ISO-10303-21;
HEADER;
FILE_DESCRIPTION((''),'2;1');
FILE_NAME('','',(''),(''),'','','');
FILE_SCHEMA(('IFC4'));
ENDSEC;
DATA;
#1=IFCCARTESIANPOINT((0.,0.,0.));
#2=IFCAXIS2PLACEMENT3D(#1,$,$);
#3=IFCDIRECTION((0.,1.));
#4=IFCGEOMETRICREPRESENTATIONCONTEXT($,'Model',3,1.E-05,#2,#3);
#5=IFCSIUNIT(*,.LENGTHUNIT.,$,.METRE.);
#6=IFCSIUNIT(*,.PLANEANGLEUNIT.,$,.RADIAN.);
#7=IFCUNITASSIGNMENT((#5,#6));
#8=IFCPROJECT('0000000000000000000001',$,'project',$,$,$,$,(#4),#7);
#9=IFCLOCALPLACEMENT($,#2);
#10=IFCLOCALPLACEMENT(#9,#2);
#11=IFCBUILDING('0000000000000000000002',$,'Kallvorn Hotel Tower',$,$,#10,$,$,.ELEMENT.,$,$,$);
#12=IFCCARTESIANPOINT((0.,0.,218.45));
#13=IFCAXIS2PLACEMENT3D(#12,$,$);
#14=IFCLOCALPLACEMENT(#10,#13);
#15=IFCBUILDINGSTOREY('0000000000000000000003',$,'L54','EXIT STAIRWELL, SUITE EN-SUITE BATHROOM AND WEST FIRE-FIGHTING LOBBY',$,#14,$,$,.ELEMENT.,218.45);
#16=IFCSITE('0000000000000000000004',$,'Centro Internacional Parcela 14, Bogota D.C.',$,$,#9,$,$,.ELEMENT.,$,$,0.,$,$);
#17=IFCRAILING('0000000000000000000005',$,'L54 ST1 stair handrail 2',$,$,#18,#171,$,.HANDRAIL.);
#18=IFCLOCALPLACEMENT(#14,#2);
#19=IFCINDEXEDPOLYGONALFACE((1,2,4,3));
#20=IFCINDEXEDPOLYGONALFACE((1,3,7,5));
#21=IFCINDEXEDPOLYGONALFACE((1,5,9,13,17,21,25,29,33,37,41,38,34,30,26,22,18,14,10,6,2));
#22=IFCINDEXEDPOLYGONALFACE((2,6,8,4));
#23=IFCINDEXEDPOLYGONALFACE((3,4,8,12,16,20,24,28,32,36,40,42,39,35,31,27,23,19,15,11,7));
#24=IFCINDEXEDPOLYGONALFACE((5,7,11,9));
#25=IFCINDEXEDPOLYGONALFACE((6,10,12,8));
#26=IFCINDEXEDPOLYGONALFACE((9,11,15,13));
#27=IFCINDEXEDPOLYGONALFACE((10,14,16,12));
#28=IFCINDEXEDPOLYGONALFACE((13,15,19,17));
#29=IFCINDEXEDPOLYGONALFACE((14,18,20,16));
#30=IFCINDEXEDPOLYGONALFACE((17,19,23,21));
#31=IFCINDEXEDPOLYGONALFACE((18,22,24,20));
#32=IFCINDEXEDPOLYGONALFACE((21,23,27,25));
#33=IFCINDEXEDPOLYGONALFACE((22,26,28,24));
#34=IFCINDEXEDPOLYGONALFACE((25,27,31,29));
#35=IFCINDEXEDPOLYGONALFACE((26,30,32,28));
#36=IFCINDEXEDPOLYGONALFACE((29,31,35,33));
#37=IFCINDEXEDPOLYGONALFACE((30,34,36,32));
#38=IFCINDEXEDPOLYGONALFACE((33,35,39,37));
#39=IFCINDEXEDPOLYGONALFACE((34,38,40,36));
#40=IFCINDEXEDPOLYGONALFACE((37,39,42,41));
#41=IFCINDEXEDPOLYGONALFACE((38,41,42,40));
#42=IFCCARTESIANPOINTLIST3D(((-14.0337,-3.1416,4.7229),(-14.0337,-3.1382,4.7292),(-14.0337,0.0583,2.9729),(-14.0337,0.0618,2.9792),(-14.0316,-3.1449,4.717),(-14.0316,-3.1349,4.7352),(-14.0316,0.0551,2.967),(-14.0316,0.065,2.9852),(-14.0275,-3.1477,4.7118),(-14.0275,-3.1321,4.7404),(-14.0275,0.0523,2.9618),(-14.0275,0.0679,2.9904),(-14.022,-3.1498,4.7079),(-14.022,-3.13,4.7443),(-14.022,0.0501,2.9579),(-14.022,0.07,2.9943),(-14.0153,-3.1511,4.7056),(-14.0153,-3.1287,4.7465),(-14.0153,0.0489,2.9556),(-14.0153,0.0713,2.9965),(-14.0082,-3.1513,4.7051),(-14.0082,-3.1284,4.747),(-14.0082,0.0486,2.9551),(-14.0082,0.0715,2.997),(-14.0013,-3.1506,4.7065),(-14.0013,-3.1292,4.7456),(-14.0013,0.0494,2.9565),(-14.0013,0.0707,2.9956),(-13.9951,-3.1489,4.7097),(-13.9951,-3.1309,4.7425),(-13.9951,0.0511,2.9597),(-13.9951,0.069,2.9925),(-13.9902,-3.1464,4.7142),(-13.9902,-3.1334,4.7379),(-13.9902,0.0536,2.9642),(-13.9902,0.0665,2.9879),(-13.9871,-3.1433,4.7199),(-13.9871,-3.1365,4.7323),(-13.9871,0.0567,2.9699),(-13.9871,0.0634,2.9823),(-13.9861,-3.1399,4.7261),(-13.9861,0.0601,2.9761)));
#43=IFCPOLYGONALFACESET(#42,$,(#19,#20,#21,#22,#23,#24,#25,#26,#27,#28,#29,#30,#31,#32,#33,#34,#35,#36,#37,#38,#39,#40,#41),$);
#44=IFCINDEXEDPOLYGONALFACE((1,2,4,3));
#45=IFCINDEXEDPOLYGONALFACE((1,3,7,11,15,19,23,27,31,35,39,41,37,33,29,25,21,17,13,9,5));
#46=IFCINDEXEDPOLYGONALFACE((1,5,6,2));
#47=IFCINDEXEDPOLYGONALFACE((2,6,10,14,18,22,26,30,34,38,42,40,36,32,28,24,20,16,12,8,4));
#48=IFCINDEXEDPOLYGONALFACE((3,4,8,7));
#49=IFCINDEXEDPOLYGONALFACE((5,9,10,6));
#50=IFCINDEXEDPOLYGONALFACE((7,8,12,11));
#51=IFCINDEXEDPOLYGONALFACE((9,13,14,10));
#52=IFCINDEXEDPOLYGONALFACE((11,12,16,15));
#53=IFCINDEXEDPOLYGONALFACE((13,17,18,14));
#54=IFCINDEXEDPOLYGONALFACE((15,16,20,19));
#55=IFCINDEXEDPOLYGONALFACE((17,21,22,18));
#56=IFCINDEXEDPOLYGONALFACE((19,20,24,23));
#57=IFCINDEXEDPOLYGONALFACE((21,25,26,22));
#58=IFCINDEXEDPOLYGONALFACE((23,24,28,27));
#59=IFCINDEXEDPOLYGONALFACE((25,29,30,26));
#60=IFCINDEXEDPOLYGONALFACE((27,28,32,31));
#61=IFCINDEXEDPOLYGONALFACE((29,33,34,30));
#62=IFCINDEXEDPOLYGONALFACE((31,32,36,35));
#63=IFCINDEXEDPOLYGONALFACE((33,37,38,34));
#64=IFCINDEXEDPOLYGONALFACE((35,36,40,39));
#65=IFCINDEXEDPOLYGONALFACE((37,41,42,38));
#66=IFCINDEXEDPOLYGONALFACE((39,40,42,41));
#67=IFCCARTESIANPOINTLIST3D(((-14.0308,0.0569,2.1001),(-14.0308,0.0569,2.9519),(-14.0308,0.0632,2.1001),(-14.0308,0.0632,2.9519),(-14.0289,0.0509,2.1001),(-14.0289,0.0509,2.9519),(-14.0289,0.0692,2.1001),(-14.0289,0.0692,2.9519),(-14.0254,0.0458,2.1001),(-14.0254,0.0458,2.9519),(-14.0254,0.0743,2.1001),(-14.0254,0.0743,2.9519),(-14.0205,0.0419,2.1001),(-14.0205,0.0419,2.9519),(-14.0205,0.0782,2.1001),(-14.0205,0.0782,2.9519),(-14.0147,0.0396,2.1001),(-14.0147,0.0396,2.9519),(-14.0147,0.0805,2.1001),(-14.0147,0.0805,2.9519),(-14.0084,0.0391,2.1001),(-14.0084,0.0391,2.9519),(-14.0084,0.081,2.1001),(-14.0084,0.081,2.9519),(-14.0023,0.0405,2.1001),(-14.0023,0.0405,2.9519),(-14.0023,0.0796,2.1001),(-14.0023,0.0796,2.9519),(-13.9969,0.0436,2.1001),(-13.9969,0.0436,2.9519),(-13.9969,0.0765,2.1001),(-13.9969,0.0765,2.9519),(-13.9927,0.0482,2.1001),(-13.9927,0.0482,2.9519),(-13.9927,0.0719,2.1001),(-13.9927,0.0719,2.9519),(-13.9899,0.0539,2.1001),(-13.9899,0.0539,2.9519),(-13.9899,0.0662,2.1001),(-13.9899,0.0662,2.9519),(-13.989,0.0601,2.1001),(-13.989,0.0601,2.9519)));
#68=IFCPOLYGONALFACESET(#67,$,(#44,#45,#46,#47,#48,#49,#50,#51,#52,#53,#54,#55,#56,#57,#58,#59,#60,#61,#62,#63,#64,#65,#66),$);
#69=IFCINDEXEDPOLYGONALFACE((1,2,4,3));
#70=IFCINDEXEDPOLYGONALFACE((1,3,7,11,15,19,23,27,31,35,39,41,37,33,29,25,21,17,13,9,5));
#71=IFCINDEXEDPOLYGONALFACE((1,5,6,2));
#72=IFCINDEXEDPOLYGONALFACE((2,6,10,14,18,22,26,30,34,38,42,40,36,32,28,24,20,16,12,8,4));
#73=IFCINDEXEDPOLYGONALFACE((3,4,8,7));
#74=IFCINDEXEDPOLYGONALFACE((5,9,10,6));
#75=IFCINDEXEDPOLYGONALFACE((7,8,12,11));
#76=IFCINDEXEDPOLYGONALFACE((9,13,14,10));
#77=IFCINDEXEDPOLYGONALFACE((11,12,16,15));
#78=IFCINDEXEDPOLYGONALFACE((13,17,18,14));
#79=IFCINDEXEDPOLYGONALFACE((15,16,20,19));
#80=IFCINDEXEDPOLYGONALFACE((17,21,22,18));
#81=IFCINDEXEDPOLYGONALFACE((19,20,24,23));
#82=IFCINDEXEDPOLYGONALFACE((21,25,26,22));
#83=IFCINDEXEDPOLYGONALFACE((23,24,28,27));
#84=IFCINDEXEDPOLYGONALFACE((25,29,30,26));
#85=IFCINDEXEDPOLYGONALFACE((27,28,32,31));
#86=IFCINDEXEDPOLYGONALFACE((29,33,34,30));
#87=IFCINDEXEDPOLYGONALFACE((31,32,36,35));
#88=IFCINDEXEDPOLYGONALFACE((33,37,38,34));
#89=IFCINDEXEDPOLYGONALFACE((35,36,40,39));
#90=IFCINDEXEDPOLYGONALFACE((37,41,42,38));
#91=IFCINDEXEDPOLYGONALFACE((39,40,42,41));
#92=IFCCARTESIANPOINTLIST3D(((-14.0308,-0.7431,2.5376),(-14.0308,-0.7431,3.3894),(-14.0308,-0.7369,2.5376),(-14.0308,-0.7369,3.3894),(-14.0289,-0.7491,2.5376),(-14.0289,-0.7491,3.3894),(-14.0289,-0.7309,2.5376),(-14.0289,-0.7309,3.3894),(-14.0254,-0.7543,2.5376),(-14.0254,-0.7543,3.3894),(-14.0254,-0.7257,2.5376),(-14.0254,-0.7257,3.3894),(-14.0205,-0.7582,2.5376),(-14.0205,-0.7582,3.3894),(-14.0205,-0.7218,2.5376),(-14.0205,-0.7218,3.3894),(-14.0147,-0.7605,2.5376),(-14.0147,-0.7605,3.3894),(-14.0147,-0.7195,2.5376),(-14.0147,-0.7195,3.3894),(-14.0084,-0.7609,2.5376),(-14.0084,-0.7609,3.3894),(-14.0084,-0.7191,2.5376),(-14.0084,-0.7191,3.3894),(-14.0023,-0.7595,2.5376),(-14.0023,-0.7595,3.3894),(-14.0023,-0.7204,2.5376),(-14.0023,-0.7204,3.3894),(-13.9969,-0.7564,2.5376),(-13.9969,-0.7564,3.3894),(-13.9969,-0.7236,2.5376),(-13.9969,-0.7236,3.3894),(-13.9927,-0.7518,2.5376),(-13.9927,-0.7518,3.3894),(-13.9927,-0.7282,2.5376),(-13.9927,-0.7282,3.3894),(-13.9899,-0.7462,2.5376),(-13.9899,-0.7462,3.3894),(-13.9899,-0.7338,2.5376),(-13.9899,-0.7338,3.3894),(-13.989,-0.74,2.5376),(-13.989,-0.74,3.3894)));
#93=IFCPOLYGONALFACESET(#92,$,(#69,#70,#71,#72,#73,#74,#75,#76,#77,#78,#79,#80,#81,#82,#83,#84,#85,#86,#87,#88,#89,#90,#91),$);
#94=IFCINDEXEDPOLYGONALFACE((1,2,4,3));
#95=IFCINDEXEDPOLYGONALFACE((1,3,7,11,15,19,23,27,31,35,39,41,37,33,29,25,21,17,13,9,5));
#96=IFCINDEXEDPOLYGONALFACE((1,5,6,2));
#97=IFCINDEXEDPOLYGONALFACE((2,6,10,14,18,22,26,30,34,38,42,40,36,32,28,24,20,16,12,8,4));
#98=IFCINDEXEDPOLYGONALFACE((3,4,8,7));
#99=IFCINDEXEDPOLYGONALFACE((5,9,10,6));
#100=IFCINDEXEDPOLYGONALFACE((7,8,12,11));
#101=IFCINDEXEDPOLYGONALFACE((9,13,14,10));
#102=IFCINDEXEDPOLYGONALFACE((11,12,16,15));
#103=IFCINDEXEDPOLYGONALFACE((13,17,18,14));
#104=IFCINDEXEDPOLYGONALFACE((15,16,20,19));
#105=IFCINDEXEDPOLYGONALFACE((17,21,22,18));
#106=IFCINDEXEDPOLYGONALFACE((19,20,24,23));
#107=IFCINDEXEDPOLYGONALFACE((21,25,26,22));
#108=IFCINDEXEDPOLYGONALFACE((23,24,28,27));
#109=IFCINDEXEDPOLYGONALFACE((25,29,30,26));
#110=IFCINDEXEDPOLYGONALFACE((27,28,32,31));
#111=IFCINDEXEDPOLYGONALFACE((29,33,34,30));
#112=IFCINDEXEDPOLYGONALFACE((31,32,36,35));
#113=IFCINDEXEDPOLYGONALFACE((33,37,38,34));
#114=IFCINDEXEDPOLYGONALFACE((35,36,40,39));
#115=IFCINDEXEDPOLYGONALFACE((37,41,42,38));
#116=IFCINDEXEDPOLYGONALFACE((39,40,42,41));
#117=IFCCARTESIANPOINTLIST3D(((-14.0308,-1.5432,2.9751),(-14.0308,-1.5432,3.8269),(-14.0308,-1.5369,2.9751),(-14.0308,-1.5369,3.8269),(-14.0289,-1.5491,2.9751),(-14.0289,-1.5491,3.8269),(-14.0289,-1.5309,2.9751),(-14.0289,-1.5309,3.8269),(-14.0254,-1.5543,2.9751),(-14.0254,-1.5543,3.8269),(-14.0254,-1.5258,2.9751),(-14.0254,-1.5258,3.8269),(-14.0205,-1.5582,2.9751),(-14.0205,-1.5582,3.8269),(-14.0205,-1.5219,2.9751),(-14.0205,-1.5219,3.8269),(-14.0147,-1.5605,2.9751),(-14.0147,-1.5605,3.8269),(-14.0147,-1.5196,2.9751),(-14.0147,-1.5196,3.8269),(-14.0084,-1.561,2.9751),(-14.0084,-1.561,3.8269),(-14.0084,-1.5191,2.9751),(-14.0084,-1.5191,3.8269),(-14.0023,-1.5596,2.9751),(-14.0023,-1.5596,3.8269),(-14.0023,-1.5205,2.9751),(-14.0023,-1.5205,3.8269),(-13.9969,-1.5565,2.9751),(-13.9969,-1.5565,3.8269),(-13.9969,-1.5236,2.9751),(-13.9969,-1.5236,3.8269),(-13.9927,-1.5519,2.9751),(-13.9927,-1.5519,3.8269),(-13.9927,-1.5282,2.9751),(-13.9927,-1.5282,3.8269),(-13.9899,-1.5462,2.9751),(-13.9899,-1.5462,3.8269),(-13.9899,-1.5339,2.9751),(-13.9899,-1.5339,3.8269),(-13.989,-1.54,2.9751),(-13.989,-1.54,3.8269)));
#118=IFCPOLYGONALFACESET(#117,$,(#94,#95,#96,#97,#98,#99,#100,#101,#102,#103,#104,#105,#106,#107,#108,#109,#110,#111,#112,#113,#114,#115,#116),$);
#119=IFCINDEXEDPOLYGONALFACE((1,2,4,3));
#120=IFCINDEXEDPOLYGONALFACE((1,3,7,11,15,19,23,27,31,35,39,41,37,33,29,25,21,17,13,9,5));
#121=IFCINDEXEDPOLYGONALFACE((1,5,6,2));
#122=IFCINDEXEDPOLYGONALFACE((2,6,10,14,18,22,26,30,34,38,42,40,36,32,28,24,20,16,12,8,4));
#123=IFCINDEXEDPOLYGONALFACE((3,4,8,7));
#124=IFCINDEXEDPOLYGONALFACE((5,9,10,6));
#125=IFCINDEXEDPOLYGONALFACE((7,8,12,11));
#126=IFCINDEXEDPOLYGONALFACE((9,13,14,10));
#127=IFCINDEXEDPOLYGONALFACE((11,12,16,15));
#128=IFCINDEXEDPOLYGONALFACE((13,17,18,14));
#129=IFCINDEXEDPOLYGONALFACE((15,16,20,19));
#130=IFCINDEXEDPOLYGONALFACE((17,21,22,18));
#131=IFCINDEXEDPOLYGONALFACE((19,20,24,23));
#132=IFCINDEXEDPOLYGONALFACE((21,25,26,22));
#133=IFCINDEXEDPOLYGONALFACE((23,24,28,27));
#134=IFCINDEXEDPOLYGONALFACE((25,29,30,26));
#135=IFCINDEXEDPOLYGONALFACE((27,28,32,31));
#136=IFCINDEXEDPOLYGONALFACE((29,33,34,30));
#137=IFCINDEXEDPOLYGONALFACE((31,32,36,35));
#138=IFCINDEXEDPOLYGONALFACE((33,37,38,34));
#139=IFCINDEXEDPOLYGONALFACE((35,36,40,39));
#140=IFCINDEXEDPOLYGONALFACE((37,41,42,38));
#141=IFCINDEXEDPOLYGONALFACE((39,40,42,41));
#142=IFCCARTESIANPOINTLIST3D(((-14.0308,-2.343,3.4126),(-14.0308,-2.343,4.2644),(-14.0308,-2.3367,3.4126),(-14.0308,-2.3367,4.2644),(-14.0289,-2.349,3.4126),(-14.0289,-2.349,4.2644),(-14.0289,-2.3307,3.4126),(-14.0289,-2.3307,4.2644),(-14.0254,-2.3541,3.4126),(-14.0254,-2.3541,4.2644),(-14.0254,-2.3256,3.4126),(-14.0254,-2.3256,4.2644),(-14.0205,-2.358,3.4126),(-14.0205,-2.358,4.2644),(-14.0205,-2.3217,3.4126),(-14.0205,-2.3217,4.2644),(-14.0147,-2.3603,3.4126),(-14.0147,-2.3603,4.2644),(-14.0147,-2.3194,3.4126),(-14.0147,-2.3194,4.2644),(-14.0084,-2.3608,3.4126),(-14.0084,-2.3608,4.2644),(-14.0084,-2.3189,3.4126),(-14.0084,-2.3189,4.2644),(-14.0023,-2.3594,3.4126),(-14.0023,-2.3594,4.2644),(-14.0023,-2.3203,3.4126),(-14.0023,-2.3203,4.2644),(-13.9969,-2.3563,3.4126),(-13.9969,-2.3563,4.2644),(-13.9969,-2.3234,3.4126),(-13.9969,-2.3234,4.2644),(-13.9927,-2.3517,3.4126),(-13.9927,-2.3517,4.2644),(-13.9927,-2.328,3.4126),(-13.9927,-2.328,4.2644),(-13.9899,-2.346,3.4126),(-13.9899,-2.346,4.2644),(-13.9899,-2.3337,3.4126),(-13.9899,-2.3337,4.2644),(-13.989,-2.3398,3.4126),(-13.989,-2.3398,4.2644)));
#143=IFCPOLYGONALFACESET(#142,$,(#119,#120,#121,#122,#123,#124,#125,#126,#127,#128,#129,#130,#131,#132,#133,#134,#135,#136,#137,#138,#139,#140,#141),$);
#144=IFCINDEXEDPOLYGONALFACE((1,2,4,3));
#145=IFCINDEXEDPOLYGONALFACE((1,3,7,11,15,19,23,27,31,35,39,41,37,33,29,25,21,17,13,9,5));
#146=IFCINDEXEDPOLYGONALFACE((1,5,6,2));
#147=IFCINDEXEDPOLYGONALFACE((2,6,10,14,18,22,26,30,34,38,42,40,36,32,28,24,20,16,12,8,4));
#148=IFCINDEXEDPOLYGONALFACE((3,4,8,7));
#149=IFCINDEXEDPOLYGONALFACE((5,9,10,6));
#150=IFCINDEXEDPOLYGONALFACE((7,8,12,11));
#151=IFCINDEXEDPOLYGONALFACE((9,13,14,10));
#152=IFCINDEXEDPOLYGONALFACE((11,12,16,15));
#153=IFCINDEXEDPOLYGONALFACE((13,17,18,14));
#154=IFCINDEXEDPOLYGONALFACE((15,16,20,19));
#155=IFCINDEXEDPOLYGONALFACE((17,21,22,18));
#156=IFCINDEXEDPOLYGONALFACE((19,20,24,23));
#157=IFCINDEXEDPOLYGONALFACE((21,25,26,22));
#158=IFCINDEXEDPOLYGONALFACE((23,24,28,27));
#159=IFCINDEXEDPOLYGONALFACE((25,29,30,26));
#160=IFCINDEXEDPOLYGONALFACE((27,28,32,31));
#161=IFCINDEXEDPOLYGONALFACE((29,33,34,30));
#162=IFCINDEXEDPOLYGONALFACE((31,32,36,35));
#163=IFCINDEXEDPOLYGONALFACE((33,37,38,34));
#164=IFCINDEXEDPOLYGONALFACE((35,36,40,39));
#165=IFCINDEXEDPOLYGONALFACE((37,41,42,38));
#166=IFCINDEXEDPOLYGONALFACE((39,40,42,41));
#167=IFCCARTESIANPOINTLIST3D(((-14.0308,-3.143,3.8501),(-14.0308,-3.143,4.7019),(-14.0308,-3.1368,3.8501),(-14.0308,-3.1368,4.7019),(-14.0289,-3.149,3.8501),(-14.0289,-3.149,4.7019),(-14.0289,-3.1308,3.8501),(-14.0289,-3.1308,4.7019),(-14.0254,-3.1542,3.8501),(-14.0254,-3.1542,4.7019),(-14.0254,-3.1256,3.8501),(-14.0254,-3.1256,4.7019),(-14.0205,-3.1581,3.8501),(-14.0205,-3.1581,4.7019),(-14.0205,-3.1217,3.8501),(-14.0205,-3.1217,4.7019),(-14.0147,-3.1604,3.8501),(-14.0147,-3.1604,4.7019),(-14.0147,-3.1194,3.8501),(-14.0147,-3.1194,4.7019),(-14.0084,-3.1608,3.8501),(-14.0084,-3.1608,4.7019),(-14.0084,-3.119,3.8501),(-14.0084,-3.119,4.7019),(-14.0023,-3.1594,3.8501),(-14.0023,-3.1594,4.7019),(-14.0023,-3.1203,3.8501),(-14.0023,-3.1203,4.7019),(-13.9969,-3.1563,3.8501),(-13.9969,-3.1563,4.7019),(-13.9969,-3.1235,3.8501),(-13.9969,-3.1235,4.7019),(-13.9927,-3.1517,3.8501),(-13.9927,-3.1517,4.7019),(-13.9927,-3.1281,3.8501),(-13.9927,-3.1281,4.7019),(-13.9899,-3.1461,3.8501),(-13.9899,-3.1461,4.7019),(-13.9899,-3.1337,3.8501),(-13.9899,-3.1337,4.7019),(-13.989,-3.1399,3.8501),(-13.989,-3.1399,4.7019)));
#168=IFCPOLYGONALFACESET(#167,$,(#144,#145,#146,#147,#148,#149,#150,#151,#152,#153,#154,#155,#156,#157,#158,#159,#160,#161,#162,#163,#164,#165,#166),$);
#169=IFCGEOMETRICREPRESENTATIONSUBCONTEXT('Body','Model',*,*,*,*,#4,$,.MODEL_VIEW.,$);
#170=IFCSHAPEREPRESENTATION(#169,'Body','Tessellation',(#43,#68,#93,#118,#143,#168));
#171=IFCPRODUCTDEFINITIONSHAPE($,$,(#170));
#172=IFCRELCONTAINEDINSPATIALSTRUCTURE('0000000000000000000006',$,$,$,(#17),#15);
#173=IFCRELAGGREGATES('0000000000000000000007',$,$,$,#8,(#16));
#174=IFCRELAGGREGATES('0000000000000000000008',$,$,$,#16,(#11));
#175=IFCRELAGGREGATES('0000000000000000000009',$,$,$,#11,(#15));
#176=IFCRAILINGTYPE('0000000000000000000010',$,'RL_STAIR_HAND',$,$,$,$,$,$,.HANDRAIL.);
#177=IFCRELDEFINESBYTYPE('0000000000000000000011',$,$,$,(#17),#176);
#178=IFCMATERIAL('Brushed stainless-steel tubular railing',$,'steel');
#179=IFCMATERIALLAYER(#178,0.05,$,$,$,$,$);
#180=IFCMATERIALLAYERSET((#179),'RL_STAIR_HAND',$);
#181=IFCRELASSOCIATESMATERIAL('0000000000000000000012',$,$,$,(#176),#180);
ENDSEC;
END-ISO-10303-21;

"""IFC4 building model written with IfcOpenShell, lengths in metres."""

from ifc_helpers import new_model, si_unit, direction, frame, origin, origin_2d, place, context, subcontext, project, spatial, circle, extrude, material, layer, layer_set, type_object, element, save


model = new_model("IFC4")

# Units and contexts
model_context = context("Model", 3, precision=1e-05, world=origin(), true_north=direction((0.0, 1.0)))
body_context = subcontext(model_context, "Body", "Model", "MODEL_VIEW")
ifc_project = project(units=[si_unit("LENGTHUNIT", "METRE"), si_unit("PLANEANGLEUNIT", "RADIAN")], contexts=[model_context])

# Site, building, storey
site_placement = place(None, origin())
site = spatial("IfcSite", under=ifc_project, at=site_placement, Name="Centro Internacional Parcela 14, Bogota D.C.", CompositionType="ELEMENT", RefElevation=0.0)
building_placement = place(site_placement, origin())
building = spatial("IfcBuilding", under=site, at=building_placement, Name="Kallvorn Hotel Tower", CompositionType="ELEMENT")
storey_placement = place(building_placement, frame((0.0, 0.0, 218.45)))
storey = spatial("IfcBuildingStorey", under=building, at=storey_placement, Name="L54", Description="EXIT STAIRWELL, SUITE EN-SUITE BATHROOM AND WEST FIRE-FIGHTING LOBBY", CompositionType="ELEMENT", Elevation=218.45)

# Railing
ifc_material_1 = material(Name="Brushed stainless-steel tubular railing", Category="steel")
ifc_layer_1 = layer(ifc_material_1, 0.05)
ifc_layer_set_1 = layer_set([ifc_layer_1], Name="RL_STAIR_HAND")
railing_type_1 = type_object("IfcRailingType", Name="RL_STAIR_HAND", PredefinedType="HANDRAIL", material=ifc_layer_set_1)
railing_1_placement = place(storey_placement, frame((-14.01, 0.0601, 2.1001)))
element("IfcRailing", 1, at=railing_1_placement, inside=storey, type_object=railing_type_1, Name="L54 ST1 stair handrail 2", PredefinedType="HANDRAIL", context=body_context, shape_type="SweptSolid", body=[
    extrude(circle(Radius=0.0239, at=origin_2d()), frame((0.0, 0.0, 0.876), z_axis=(0.0, -0.877368, 0.479818), x_axis=(1.0, 0.0, 0.0)), (0.0, 0.0, 1.0), 3.6472),
    extrude(circle(Radius=0.021, at=origin_2d()), origin(), (0.0, 0.0, 1.0), 0.8518),
    extrude(circle(Radius=0.021, at=origin_2d()), frame((0.0, -0.8, 0.4375)), (0.0, 0.0, 1.0), 0.8518),
    extrude(circle(Radius=0.021, at=origin_2d()), frame((0.0, -1.6001, 0.875)), (0.0, 0.0, 1.0), 0.8518),
    extrude(circle(Radius=0.021, at=origin_2d()), frame((0.0, -2.3999, 1.3125)), (0.0, 0.0, 1.0), 0.8518),
    extrude(circle(Radius=0.021, at=origin_2d()), frame((0.0, -3.2, 1.75)), (0.0, 0.0, 1.0), 0.8518),
])

save(model, "model.ifc")
